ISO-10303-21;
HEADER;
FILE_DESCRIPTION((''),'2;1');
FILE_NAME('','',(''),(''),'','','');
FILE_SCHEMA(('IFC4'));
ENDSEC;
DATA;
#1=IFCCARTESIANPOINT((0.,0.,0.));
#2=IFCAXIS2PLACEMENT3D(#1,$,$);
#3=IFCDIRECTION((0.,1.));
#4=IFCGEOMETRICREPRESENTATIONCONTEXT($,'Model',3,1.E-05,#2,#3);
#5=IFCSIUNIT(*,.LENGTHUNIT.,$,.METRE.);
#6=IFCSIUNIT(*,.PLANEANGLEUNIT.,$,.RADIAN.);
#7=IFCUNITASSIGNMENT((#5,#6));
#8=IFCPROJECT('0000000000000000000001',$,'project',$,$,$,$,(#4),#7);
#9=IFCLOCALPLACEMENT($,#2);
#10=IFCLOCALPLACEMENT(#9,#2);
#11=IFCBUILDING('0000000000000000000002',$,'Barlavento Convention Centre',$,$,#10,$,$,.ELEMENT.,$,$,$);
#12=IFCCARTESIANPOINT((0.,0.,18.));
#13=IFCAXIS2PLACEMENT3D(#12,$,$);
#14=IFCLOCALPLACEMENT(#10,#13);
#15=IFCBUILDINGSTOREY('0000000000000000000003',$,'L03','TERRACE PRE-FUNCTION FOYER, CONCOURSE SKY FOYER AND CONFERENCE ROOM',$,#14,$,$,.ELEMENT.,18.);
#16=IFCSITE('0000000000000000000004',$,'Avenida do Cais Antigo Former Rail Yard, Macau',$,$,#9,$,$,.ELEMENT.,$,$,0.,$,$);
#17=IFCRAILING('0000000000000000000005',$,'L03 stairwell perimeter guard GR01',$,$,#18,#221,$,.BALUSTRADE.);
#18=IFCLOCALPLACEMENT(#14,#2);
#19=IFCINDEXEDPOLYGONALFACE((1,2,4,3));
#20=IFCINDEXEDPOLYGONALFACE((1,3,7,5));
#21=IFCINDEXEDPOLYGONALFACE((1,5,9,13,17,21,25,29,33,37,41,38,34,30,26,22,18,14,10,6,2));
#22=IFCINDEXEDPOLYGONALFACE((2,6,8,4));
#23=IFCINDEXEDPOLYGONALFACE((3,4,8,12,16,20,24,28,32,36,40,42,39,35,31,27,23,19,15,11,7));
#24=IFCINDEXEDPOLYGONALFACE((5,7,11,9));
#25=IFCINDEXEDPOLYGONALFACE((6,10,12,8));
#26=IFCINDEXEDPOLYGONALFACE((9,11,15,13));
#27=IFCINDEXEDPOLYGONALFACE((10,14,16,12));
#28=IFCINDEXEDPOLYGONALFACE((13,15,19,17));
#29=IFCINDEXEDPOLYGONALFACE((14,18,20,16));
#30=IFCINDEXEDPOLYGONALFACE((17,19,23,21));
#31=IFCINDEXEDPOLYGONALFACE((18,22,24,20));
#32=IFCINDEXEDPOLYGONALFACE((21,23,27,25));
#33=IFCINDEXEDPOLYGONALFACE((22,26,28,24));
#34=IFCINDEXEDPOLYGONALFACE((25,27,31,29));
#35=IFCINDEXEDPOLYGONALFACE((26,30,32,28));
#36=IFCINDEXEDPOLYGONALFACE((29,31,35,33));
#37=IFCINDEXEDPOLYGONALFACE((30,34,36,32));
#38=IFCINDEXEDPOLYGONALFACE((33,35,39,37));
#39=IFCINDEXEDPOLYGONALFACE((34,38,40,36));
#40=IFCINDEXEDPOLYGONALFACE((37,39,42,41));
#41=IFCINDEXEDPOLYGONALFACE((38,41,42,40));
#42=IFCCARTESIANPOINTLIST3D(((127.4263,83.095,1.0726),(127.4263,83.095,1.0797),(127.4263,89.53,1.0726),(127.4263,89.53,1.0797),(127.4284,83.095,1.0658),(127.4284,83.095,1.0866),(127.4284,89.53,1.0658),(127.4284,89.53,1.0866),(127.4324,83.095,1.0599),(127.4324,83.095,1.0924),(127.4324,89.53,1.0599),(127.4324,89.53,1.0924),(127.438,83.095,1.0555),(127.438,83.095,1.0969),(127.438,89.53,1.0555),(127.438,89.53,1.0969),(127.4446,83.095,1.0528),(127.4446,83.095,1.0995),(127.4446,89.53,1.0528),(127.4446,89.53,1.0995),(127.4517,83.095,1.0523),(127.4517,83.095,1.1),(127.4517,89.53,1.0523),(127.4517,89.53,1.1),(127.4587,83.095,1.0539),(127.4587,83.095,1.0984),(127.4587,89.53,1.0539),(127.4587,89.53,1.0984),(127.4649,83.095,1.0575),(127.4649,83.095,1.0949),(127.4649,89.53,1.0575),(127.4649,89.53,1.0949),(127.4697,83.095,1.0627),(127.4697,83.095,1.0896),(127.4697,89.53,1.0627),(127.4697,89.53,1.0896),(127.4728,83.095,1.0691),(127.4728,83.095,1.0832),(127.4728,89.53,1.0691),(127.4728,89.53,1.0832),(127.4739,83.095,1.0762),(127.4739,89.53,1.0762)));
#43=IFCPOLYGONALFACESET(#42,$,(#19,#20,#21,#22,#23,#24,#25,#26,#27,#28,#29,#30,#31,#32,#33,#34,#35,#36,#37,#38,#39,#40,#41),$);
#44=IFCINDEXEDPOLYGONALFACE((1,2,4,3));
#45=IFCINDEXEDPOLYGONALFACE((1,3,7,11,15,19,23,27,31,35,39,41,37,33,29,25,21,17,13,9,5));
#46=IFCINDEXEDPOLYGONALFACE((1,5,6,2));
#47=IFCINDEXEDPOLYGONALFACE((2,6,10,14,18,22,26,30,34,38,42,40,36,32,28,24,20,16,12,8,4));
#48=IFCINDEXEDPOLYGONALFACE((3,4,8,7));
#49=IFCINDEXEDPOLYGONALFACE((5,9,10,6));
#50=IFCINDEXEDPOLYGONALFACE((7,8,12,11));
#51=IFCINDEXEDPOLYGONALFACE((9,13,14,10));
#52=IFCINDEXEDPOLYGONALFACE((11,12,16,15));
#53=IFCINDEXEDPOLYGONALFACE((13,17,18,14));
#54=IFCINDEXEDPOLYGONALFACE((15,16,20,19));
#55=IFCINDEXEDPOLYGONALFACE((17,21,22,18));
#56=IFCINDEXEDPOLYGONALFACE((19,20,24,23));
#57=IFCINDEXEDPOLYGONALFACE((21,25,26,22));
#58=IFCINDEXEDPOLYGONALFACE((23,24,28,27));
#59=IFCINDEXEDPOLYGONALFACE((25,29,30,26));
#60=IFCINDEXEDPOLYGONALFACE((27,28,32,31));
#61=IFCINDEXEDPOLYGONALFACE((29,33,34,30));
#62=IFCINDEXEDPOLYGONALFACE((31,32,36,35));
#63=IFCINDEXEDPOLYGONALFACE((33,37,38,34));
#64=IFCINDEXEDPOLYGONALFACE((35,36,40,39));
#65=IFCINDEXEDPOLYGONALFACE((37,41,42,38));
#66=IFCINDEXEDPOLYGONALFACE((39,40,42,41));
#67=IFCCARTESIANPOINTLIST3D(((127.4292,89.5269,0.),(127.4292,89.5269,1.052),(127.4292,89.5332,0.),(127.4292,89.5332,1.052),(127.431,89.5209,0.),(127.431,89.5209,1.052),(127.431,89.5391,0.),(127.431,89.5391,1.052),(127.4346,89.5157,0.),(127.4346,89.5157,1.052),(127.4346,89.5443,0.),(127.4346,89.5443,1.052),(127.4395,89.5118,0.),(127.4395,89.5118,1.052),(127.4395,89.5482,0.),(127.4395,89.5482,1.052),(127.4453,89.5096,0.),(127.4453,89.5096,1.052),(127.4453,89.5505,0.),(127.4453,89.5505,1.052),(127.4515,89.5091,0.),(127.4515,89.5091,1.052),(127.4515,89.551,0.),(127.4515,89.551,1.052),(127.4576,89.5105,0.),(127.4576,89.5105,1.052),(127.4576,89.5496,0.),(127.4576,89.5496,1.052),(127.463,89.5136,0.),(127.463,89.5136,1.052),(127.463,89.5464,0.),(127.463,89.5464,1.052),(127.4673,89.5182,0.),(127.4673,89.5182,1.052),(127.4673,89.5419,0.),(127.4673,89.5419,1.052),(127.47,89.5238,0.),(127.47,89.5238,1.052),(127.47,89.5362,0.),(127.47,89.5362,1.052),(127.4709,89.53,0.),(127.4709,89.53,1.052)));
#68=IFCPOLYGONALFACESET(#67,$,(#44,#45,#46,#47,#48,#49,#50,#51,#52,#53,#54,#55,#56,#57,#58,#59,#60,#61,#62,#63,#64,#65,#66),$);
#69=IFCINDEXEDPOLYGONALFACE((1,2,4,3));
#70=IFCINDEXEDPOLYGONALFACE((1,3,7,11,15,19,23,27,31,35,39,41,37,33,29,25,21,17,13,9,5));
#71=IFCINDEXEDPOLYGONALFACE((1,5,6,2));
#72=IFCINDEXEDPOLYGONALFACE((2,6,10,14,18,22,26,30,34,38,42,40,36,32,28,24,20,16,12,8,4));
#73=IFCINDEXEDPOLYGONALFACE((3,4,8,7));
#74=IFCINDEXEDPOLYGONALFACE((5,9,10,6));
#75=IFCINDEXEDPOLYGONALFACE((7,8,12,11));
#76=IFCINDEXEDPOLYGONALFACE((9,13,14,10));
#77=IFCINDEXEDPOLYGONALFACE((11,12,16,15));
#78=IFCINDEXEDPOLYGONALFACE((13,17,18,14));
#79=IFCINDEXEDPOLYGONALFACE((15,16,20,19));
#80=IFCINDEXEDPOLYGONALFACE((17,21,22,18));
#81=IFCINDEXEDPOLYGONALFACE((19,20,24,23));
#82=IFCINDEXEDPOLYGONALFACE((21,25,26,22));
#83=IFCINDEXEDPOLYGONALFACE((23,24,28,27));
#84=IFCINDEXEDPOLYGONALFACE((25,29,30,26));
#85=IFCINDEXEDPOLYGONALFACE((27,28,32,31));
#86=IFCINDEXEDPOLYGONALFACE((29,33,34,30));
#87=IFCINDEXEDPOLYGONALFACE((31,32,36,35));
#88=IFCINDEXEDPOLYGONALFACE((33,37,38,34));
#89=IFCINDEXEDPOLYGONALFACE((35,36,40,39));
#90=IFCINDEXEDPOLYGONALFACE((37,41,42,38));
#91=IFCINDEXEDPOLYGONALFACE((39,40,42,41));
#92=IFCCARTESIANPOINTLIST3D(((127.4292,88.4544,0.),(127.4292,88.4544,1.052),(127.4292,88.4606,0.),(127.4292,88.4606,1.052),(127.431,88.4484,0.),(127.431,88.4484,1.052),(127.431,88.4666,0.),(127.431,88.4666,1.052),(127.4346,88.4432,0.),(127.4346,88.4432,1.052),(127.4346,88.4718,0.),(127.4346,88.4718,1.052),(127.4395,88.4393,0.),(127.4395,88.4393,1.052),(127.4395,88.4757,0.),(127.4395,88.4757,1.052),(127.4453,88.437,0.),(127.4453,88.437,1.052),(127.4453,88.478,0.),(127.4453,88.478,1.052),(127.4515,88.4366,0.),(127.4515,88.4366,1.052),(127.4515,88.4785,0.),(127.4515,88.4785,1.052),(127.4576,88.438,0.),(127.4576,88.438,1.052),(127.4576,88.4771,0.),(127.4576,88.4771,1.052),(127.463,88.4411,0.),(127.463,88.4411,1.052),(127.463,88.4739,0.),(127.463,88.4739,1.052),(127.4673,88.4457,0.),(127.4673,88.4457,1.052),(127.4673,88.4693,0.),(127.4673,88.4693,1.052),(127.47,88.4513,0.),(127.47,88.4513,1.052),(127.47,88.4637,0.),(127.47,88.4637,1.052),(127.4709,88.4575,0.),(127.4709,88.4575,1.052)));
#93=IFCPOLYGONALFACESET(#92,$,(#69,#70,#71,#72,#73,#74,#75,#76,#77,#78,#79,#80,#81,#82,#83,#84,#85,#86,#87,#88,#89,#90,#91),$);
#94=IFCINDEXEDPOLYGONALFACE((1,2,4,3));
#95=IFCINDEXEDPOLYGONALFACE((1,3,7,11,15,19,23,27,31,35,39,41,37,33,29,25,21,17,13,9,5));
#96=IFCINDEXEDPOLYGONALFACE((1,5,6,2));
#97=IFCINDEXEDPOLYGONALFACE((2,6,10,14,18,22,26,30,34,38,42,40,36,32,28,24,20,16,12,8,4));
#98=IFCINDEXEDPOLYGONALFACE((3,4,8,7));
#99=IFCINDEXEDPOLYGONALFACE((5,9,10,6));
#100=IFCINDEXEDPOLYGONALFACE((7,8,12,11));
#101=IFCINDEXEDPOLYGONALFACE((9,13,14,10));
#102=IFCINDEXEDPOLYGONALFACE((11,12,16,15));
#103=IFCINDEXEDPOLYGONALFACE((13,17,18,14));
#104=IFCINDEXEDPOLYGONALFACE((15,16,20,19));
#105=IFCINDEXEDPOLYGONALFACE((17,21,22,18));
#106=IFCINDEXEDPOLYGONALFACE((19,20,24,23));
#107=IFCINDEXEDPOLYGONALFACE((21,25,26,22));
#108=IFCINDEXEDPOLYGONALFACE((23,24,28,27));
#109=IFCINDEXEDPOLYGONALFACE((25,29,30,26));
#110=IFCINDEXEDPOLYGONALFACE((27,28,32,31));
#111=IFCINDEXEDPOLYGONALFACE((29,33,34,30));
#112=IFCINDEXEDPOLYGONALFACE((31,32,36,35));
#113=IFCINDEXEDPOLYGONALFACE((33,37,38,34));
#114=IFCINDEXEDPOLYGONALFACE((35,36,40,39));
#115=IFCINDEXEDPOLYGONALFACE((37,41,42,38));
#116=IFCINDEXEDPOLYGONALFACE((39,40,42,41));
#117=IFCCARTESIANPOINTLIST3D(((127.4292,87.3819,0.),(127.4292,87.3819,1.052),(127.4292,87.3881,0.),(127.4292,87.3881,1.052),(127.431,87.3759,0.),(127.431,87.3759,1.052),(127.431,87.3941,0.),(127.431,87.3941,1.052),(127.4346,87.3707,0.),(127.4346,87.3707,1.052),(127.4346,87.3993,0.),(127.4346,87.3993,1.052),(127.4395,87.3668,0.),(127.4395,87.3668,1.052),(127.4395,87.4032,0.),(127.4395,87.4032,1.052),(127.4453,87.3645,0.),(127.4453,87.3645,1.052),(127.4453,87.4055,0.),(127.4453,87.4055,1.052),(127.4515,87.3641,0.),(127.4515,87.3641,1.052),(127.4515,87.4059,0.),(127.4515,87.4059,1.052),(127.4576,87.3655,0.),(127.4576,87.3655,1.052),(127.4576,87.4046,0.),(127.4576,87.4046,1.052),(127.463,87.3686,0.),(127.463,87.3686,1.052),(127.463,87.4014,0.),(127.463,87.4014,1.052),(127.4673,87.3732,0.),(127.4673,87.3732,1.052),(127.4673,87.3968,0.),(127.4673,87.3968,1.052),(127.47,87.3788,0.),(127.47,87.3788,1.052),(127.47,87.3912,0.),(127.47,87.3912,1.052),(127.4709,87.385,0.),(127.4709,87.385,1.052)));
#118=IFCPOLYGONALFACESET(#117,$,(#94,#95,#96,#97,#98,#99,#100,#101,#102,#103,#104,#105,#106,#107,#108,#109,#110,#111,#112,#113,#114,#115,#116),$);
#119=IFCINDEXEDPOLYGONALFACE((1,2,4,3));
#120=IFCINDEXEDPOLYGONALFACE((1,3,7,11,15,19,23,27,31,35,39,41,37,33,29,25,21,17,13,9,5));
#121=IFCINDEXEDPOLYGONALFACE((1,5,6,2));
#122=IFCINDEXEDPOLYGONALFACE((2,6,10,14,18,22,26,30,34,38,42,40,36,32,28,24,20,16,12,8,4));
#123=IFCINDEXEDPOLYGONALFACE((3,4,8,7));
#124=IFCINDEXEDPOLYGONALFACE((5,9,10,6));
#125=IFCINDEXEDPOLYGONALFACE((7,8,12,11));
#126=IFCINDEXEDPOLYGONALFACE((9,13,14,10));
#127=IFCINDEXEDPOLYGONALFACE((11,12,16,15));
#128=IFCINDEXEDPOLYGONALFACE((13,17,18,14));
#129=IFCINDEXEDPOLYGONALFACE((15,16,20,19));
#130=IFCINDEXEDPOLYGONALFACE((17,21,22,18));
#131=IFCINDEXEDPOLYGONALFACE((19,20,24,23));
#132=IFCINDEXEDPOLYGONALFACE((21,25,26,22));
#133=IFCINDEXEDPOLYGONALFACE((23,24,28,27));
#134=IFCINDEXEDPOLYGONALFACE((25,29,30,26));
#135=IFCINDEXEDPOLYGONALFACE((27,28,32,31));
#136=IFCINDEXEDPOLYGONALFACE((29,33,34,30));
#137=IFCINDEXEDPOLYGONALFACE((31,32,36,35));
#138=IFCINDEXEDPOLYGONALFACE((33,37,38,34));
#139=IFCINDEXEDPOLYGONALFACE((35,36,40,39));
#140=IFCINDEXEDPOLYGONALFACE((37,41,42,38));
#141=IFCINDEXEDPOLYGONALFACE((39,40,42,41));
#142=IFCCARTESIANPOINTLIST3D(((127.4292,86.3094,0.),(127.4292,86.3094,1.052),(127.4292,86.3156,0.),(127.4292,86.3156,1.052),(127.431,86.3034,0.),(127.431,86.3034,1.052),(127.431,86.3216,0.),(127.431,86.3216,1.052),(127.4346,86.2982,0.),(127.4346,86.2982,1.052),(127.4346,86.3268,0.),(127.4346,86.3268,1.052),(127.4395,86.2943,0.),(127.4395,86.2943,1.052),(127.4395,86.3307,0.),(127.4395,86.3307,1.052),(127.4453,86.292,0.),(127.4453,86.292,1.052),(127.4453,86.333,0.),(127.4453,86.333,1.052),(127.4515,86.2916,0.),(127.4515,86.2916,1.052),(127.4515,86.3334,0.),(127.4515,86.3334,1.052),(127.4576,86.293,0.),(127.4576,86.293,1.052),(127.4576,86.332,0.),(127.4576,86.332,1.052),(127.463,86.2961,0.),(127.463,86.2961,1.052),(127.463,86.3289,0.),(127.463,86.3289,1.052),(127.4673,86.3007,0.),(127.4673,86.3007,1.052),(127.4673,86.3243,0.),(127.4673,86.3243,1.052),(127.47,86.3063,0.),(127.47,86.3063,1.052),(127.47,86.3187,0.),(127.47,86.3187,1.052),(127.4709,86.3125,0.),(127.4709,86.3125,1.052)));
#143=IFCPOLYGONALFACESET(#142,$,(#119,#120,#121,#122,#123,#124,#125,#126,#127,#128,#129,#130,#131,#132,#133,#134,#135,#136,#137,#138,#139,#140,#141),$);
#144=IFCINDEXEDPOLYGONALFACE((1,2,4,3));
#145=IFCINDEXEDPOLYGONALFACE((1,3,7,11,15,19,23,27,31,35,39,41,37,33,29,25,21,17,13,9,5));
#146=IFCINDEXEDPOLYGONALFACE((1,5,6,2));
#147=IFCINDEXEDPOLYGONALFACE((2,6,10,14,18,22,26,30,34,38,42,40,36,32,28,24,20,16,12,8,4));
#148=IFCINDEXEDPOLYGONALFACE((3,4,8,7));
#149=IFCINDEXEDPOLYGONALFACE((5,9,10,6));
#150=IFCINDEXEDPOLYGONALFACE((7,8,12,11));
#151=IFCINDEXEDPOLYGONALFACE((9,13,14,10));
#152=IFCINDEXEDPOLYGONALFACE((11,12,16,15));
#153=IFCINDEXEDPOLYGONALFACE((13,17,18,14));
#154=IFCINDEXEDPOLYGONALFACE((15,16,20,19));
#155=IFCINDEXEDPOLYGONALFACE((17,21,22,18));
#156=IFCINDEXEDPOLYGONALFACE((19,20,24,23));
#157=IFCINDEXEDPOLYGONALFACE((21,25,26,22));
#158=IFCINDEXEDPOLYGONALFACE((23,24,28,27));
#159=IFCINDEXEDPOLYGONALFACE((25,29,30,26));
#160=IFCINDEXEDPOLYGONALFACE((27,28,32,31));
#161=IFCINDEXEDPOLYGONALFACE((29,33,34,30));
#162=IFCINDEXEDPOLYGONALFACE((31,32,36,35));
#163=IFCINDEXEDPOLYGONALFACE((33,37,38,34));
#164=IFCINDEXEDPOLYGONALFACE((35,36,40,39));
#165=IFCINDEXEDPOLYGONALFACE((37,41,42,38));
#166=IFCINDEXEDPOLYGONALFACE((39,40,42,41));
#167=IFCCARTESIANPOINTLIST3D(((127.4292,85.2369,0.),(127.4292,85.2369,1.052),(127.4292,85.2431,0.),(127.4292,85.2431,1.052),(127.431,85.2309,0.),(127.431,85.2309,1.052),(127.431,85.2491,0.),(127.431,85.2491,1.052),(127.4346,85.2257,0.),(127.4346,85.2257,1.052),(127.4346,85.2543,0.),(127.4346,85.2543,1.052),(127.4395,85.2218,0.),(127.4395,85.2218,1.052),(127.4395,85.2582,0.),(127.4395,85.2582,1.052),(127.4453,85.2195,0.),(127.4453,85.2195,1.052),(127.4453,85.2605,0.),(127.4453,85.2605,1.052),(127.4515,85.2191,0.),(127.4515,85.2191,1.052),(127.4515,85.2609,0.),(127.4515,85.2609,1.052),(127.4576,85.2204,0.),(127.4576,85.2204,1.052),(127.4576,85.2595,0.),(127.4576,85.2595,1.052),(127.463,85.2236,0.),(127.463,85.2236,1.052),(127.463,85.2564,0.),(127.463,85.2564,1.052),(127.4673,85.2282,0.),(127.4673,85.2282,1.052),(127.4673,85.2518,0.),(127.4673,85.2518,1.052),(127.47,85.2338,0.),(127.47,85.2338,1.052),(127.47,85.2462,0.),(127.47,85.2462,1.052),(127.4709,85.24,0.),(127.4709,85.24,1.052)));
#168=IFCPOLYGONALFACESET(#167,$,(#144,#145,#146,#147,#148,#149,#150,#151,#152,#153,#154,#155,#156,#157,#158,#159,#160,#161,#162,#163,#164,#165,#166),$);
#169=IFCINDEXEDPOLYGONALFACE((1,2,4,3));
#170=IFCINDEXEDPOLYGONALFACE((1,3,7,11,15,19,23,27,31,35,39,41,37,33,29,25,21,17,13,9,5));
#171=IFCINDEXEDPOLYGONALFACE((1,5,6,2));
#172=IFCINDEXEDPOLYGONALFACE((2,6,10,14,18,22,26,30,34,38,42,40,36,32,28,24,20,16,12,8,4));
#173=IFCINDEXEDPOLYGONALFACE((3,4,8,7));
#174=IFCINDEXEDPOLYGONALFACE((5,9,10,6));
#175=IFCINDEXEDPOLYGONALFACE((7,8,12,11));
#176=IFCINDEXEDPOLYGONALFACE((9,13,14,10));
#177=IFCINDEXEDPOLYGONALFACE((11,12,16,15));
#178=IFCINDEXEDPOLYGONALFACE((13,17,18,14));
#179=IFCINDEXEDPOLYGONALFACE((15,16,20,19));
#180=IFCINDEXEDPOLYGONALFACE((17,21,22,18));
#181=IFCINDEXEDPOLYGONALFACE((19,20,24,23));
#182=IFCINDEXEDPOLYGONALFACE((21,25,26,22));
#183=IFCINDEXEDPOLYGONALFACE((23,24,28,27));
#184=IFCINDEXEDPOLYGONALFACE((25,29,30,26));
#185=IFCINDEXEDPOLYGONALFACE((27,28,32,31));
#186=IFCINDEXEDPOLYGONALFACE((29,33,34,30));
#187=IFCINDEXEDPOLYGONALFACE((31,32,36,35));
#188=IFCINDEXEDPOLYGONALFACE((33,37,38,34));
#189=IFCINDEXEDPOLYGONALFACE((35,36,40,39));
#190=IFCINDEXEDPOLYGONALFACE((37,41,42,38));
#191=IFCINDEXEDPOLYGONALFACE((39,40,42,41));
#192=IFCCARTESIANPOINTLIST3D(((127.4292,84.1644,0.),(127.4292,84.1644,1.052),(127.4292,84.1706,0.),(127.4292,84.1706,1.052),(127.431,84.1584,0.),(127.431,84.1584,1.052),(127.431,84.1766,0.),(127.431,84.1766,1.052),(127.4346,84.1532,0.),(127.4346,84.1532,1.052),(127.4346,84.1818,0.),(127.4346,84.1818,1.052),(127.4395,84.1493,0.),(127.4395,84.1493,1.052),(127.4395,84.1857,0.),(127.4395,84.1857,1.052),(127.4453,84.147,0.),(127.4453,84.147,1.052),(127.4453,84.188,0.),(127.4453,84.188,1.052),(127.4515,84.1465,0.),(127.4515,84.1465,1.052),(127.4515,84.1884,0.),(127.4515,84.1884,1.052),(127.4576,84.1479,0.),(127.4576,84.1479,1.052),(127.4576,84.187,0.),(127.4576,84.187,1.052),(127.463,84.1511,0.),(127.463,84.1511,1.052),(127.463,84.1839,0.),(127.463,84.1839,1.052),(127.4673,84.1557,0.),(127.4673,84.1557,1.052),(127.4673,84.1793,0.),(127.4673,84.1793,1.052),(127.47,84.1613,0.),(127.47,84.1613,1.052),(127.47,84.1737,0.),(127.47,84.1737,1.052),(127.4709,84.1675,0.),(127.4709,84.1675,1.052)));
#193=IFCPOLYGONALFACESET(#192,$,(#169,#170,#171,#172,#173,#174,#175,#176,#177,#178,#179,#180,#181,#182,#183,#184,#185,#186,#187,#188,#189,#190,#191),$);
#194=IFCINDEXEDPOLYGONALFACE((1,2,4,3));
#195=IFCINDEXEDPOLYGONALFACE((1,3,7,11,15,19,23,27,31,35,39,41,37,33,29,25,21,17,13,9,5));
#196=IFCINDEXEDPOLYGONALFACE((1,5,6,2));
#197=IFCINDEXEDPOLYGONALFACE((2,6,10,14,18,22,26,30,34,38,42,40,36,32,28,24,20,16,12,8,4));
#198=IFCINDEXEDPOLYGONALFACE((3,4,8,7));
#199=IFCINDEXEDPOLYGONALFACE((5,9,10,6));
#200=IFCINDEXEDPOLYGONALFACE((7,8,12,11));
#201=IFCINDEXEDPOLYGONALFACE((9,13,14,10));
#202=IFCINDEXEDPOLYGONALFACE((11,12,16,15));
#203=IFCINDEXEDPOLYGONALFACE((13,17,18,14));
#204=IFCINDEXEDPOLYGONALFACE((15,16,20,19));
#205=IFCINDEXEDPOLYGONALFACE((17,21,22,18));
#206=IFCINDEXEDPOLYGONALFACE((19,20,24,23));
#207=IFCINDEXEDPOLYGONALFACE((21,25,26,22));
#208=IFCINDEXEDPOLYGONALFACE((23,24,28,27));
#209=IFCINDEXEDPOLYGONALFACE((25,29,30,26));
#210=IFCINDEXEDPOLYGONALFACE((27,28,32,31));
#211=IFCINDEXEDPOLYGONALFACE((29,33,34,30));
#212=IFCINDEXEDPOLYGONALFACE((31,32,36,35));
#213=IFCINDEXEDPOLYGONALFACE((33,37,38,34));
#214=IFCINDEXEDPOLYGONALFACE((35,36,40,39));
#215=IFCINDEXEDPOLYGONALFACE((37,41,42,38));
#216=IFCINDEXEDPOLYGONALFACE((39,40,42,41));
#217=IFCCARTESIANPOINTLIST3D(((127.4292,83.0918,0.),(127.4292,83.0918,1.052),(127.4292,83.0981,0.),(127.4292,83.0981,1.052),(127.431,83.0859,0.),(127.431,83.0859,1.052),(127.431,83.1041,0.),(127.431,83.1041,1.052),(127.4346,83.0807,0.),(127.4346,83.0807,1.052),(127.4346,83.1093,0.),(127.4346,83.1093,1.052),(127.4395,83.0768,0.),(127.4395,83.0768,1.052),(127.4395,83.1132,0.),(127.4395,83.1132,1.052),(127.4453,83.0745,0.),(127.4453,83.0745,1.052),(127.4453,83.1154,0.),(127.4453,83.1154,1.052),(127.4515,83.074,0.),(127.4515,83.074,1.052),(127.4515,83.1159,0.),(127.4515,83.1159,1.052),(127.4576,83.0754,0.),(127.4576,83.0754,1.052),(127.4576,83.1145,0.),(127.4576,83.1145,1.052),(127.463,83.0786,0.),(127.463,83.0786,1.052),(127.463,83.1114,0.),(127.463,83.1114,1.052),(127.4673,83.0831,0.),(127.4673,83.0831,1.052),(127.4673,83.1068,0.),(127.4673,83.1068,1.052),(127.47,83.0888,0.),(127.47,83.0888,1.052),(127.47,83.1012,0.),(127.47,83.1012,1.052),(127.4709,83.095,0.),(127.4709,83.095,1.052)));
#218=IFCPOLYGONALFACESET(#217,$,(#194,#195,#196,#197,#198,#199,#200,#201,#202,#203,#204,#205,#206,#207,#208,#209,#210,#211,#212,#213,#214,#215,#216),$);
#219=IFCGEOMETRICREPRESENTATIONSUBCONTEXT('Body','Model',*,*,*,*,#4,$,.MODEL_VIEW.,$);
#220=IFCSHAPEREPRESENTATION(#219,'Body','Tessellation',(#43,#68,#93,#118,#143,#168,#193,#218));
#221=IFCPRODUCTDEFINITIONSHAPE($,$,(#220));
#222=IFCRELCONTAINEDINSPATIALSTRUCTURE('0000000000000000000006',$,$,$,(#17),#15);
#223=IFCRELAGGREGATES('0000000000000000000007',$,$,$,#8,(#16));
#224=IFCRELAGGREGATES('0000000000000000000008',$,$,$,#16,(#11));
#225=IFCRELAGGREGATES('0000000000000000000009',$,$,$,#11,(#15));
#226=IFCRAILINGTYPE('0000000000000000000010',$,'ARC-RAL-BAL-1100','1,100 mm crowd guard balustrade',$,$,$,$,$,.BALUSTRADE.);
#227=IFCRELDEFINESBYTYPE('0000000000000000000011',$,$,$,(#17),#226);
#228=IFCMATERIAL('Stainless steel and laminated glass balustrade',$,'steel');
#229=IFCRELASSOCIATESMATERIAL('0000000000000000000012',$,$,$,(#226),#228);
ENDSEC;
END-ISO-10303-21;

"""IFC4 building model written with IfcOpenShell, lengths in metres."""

from ifc_helpers import new_model, si_unit, direction, frame, origin, origin_2d, place, context, subcontext, project, spatial, circle, extrude, material, type_object, element, save


model = new_model("IFC4")

# Units and contexts
model_context = context("Model", 3, precision=1e-05, world=origin(), true_north=direction((0.0, 1.0)))
body_context = subcontext(model_context, "Body", "Model", "MODEL_VIEW")
ifc_project = project(units=[si_unit("LENGTHUNIT", "METRE"), si_unit("PLANEANGLEUNIT", "RADIAN")], contexts=[model_context])

# Site, building, storey
site_placement = place(None, origin())
site = spatial("IfcSite", under=ifc_project, at=site_placement, Name="Avenida do Cais Antigo Former Rail Yard, Macau", CompositionType="ELEMENT", RefElevation=0.0)
building_placement = place(site_placement, origin())
building = spatial("IfcBuilding", under=site, at=building_placement, Name="Barlavento Convention Centre", CompositionType="ELEMENT")
storey_placement = place(building_placement, frame((0.0, 0.0, 18.0)))
storey = spatial("IfcBuildingStorey", under=building, at=storey_placement, Name="L03", Description="TERRACE PRE-FUNCTION FOYER, CONCOURSE SKY FOYER AND CONFERENCE ROOM", CompositionType="ELEMENT", Elevation=18.0)

# Railing
ifc_material_1 = material(Name="Stainless steel and laminated glass balustrade", Category="steel")
railing_type_1 = type_object("IfcRailingType", Name="ARC-RAL-BAL-1100", Description="1,100 mm crowd guard balustrade", PredefinedType="BALUSTRADE", material=ifc_material_1)
railing_1_placement = place(storey_placement, frame((127.45, 89.53, 0.0)))
element("IfcRailing", 1, at=railing_1_placement, inside=storey, type_object=railing_type_1, Name="L03 stairwell perimeter guard GR01", PredefinedType="BALUSTRADE", context=body_context, shape_type="SweptSolid", body=[
    extrude(circle(Radius=0.0239, at=origin_2d()), frame((0.0, 0.0, 1.0762), z_axis=(0.0, -1.0, 0.0), x_axis=(1.0, 0.0, 0.0)), (0.0, 0.0, 1.0), 6.4351),
    extrude(circle(Radius=0.021, at=origin_2d()), origin(), (0.0, 0.0, 1.0), 1.052),
    extrude(circle(Radius=0.021, at=origin_2d()), frame((0.0, -1.0725, 0.0)), (0.0, 0.0, 1.0), 1.052),
    extrude(circle(Radius=0.021, at=origin_2d()), frame((0.0, -2.145, 0.0)), (0.0, 0.0, 1.0), 1.052),
    extrude(circle(Radius=0.021, at=origin_2d()), frame((0.0, -3.2175, 0.0)), (0.0, 0.0, 1.0), 1.052),
    extrude(circle(Radius=0.021, at=origin_2d()), frame((0.0, -4.29, 0.0)), (0.0, 0.0, 1.0), 1.052),
    extrude(circle(Radius=0.021, at=origin_2d()), frame((0.0, -5.3625, 0.0)), (0.0, 0.0, 1.0), 1.052),
    extrude(circle(Radius=0.021, at=origin_2d()), frame((0.0, -6.4351, 0.0)), (0.0, 0.0, 1.0), 1.052),
])

save(model, "model.ifc")
